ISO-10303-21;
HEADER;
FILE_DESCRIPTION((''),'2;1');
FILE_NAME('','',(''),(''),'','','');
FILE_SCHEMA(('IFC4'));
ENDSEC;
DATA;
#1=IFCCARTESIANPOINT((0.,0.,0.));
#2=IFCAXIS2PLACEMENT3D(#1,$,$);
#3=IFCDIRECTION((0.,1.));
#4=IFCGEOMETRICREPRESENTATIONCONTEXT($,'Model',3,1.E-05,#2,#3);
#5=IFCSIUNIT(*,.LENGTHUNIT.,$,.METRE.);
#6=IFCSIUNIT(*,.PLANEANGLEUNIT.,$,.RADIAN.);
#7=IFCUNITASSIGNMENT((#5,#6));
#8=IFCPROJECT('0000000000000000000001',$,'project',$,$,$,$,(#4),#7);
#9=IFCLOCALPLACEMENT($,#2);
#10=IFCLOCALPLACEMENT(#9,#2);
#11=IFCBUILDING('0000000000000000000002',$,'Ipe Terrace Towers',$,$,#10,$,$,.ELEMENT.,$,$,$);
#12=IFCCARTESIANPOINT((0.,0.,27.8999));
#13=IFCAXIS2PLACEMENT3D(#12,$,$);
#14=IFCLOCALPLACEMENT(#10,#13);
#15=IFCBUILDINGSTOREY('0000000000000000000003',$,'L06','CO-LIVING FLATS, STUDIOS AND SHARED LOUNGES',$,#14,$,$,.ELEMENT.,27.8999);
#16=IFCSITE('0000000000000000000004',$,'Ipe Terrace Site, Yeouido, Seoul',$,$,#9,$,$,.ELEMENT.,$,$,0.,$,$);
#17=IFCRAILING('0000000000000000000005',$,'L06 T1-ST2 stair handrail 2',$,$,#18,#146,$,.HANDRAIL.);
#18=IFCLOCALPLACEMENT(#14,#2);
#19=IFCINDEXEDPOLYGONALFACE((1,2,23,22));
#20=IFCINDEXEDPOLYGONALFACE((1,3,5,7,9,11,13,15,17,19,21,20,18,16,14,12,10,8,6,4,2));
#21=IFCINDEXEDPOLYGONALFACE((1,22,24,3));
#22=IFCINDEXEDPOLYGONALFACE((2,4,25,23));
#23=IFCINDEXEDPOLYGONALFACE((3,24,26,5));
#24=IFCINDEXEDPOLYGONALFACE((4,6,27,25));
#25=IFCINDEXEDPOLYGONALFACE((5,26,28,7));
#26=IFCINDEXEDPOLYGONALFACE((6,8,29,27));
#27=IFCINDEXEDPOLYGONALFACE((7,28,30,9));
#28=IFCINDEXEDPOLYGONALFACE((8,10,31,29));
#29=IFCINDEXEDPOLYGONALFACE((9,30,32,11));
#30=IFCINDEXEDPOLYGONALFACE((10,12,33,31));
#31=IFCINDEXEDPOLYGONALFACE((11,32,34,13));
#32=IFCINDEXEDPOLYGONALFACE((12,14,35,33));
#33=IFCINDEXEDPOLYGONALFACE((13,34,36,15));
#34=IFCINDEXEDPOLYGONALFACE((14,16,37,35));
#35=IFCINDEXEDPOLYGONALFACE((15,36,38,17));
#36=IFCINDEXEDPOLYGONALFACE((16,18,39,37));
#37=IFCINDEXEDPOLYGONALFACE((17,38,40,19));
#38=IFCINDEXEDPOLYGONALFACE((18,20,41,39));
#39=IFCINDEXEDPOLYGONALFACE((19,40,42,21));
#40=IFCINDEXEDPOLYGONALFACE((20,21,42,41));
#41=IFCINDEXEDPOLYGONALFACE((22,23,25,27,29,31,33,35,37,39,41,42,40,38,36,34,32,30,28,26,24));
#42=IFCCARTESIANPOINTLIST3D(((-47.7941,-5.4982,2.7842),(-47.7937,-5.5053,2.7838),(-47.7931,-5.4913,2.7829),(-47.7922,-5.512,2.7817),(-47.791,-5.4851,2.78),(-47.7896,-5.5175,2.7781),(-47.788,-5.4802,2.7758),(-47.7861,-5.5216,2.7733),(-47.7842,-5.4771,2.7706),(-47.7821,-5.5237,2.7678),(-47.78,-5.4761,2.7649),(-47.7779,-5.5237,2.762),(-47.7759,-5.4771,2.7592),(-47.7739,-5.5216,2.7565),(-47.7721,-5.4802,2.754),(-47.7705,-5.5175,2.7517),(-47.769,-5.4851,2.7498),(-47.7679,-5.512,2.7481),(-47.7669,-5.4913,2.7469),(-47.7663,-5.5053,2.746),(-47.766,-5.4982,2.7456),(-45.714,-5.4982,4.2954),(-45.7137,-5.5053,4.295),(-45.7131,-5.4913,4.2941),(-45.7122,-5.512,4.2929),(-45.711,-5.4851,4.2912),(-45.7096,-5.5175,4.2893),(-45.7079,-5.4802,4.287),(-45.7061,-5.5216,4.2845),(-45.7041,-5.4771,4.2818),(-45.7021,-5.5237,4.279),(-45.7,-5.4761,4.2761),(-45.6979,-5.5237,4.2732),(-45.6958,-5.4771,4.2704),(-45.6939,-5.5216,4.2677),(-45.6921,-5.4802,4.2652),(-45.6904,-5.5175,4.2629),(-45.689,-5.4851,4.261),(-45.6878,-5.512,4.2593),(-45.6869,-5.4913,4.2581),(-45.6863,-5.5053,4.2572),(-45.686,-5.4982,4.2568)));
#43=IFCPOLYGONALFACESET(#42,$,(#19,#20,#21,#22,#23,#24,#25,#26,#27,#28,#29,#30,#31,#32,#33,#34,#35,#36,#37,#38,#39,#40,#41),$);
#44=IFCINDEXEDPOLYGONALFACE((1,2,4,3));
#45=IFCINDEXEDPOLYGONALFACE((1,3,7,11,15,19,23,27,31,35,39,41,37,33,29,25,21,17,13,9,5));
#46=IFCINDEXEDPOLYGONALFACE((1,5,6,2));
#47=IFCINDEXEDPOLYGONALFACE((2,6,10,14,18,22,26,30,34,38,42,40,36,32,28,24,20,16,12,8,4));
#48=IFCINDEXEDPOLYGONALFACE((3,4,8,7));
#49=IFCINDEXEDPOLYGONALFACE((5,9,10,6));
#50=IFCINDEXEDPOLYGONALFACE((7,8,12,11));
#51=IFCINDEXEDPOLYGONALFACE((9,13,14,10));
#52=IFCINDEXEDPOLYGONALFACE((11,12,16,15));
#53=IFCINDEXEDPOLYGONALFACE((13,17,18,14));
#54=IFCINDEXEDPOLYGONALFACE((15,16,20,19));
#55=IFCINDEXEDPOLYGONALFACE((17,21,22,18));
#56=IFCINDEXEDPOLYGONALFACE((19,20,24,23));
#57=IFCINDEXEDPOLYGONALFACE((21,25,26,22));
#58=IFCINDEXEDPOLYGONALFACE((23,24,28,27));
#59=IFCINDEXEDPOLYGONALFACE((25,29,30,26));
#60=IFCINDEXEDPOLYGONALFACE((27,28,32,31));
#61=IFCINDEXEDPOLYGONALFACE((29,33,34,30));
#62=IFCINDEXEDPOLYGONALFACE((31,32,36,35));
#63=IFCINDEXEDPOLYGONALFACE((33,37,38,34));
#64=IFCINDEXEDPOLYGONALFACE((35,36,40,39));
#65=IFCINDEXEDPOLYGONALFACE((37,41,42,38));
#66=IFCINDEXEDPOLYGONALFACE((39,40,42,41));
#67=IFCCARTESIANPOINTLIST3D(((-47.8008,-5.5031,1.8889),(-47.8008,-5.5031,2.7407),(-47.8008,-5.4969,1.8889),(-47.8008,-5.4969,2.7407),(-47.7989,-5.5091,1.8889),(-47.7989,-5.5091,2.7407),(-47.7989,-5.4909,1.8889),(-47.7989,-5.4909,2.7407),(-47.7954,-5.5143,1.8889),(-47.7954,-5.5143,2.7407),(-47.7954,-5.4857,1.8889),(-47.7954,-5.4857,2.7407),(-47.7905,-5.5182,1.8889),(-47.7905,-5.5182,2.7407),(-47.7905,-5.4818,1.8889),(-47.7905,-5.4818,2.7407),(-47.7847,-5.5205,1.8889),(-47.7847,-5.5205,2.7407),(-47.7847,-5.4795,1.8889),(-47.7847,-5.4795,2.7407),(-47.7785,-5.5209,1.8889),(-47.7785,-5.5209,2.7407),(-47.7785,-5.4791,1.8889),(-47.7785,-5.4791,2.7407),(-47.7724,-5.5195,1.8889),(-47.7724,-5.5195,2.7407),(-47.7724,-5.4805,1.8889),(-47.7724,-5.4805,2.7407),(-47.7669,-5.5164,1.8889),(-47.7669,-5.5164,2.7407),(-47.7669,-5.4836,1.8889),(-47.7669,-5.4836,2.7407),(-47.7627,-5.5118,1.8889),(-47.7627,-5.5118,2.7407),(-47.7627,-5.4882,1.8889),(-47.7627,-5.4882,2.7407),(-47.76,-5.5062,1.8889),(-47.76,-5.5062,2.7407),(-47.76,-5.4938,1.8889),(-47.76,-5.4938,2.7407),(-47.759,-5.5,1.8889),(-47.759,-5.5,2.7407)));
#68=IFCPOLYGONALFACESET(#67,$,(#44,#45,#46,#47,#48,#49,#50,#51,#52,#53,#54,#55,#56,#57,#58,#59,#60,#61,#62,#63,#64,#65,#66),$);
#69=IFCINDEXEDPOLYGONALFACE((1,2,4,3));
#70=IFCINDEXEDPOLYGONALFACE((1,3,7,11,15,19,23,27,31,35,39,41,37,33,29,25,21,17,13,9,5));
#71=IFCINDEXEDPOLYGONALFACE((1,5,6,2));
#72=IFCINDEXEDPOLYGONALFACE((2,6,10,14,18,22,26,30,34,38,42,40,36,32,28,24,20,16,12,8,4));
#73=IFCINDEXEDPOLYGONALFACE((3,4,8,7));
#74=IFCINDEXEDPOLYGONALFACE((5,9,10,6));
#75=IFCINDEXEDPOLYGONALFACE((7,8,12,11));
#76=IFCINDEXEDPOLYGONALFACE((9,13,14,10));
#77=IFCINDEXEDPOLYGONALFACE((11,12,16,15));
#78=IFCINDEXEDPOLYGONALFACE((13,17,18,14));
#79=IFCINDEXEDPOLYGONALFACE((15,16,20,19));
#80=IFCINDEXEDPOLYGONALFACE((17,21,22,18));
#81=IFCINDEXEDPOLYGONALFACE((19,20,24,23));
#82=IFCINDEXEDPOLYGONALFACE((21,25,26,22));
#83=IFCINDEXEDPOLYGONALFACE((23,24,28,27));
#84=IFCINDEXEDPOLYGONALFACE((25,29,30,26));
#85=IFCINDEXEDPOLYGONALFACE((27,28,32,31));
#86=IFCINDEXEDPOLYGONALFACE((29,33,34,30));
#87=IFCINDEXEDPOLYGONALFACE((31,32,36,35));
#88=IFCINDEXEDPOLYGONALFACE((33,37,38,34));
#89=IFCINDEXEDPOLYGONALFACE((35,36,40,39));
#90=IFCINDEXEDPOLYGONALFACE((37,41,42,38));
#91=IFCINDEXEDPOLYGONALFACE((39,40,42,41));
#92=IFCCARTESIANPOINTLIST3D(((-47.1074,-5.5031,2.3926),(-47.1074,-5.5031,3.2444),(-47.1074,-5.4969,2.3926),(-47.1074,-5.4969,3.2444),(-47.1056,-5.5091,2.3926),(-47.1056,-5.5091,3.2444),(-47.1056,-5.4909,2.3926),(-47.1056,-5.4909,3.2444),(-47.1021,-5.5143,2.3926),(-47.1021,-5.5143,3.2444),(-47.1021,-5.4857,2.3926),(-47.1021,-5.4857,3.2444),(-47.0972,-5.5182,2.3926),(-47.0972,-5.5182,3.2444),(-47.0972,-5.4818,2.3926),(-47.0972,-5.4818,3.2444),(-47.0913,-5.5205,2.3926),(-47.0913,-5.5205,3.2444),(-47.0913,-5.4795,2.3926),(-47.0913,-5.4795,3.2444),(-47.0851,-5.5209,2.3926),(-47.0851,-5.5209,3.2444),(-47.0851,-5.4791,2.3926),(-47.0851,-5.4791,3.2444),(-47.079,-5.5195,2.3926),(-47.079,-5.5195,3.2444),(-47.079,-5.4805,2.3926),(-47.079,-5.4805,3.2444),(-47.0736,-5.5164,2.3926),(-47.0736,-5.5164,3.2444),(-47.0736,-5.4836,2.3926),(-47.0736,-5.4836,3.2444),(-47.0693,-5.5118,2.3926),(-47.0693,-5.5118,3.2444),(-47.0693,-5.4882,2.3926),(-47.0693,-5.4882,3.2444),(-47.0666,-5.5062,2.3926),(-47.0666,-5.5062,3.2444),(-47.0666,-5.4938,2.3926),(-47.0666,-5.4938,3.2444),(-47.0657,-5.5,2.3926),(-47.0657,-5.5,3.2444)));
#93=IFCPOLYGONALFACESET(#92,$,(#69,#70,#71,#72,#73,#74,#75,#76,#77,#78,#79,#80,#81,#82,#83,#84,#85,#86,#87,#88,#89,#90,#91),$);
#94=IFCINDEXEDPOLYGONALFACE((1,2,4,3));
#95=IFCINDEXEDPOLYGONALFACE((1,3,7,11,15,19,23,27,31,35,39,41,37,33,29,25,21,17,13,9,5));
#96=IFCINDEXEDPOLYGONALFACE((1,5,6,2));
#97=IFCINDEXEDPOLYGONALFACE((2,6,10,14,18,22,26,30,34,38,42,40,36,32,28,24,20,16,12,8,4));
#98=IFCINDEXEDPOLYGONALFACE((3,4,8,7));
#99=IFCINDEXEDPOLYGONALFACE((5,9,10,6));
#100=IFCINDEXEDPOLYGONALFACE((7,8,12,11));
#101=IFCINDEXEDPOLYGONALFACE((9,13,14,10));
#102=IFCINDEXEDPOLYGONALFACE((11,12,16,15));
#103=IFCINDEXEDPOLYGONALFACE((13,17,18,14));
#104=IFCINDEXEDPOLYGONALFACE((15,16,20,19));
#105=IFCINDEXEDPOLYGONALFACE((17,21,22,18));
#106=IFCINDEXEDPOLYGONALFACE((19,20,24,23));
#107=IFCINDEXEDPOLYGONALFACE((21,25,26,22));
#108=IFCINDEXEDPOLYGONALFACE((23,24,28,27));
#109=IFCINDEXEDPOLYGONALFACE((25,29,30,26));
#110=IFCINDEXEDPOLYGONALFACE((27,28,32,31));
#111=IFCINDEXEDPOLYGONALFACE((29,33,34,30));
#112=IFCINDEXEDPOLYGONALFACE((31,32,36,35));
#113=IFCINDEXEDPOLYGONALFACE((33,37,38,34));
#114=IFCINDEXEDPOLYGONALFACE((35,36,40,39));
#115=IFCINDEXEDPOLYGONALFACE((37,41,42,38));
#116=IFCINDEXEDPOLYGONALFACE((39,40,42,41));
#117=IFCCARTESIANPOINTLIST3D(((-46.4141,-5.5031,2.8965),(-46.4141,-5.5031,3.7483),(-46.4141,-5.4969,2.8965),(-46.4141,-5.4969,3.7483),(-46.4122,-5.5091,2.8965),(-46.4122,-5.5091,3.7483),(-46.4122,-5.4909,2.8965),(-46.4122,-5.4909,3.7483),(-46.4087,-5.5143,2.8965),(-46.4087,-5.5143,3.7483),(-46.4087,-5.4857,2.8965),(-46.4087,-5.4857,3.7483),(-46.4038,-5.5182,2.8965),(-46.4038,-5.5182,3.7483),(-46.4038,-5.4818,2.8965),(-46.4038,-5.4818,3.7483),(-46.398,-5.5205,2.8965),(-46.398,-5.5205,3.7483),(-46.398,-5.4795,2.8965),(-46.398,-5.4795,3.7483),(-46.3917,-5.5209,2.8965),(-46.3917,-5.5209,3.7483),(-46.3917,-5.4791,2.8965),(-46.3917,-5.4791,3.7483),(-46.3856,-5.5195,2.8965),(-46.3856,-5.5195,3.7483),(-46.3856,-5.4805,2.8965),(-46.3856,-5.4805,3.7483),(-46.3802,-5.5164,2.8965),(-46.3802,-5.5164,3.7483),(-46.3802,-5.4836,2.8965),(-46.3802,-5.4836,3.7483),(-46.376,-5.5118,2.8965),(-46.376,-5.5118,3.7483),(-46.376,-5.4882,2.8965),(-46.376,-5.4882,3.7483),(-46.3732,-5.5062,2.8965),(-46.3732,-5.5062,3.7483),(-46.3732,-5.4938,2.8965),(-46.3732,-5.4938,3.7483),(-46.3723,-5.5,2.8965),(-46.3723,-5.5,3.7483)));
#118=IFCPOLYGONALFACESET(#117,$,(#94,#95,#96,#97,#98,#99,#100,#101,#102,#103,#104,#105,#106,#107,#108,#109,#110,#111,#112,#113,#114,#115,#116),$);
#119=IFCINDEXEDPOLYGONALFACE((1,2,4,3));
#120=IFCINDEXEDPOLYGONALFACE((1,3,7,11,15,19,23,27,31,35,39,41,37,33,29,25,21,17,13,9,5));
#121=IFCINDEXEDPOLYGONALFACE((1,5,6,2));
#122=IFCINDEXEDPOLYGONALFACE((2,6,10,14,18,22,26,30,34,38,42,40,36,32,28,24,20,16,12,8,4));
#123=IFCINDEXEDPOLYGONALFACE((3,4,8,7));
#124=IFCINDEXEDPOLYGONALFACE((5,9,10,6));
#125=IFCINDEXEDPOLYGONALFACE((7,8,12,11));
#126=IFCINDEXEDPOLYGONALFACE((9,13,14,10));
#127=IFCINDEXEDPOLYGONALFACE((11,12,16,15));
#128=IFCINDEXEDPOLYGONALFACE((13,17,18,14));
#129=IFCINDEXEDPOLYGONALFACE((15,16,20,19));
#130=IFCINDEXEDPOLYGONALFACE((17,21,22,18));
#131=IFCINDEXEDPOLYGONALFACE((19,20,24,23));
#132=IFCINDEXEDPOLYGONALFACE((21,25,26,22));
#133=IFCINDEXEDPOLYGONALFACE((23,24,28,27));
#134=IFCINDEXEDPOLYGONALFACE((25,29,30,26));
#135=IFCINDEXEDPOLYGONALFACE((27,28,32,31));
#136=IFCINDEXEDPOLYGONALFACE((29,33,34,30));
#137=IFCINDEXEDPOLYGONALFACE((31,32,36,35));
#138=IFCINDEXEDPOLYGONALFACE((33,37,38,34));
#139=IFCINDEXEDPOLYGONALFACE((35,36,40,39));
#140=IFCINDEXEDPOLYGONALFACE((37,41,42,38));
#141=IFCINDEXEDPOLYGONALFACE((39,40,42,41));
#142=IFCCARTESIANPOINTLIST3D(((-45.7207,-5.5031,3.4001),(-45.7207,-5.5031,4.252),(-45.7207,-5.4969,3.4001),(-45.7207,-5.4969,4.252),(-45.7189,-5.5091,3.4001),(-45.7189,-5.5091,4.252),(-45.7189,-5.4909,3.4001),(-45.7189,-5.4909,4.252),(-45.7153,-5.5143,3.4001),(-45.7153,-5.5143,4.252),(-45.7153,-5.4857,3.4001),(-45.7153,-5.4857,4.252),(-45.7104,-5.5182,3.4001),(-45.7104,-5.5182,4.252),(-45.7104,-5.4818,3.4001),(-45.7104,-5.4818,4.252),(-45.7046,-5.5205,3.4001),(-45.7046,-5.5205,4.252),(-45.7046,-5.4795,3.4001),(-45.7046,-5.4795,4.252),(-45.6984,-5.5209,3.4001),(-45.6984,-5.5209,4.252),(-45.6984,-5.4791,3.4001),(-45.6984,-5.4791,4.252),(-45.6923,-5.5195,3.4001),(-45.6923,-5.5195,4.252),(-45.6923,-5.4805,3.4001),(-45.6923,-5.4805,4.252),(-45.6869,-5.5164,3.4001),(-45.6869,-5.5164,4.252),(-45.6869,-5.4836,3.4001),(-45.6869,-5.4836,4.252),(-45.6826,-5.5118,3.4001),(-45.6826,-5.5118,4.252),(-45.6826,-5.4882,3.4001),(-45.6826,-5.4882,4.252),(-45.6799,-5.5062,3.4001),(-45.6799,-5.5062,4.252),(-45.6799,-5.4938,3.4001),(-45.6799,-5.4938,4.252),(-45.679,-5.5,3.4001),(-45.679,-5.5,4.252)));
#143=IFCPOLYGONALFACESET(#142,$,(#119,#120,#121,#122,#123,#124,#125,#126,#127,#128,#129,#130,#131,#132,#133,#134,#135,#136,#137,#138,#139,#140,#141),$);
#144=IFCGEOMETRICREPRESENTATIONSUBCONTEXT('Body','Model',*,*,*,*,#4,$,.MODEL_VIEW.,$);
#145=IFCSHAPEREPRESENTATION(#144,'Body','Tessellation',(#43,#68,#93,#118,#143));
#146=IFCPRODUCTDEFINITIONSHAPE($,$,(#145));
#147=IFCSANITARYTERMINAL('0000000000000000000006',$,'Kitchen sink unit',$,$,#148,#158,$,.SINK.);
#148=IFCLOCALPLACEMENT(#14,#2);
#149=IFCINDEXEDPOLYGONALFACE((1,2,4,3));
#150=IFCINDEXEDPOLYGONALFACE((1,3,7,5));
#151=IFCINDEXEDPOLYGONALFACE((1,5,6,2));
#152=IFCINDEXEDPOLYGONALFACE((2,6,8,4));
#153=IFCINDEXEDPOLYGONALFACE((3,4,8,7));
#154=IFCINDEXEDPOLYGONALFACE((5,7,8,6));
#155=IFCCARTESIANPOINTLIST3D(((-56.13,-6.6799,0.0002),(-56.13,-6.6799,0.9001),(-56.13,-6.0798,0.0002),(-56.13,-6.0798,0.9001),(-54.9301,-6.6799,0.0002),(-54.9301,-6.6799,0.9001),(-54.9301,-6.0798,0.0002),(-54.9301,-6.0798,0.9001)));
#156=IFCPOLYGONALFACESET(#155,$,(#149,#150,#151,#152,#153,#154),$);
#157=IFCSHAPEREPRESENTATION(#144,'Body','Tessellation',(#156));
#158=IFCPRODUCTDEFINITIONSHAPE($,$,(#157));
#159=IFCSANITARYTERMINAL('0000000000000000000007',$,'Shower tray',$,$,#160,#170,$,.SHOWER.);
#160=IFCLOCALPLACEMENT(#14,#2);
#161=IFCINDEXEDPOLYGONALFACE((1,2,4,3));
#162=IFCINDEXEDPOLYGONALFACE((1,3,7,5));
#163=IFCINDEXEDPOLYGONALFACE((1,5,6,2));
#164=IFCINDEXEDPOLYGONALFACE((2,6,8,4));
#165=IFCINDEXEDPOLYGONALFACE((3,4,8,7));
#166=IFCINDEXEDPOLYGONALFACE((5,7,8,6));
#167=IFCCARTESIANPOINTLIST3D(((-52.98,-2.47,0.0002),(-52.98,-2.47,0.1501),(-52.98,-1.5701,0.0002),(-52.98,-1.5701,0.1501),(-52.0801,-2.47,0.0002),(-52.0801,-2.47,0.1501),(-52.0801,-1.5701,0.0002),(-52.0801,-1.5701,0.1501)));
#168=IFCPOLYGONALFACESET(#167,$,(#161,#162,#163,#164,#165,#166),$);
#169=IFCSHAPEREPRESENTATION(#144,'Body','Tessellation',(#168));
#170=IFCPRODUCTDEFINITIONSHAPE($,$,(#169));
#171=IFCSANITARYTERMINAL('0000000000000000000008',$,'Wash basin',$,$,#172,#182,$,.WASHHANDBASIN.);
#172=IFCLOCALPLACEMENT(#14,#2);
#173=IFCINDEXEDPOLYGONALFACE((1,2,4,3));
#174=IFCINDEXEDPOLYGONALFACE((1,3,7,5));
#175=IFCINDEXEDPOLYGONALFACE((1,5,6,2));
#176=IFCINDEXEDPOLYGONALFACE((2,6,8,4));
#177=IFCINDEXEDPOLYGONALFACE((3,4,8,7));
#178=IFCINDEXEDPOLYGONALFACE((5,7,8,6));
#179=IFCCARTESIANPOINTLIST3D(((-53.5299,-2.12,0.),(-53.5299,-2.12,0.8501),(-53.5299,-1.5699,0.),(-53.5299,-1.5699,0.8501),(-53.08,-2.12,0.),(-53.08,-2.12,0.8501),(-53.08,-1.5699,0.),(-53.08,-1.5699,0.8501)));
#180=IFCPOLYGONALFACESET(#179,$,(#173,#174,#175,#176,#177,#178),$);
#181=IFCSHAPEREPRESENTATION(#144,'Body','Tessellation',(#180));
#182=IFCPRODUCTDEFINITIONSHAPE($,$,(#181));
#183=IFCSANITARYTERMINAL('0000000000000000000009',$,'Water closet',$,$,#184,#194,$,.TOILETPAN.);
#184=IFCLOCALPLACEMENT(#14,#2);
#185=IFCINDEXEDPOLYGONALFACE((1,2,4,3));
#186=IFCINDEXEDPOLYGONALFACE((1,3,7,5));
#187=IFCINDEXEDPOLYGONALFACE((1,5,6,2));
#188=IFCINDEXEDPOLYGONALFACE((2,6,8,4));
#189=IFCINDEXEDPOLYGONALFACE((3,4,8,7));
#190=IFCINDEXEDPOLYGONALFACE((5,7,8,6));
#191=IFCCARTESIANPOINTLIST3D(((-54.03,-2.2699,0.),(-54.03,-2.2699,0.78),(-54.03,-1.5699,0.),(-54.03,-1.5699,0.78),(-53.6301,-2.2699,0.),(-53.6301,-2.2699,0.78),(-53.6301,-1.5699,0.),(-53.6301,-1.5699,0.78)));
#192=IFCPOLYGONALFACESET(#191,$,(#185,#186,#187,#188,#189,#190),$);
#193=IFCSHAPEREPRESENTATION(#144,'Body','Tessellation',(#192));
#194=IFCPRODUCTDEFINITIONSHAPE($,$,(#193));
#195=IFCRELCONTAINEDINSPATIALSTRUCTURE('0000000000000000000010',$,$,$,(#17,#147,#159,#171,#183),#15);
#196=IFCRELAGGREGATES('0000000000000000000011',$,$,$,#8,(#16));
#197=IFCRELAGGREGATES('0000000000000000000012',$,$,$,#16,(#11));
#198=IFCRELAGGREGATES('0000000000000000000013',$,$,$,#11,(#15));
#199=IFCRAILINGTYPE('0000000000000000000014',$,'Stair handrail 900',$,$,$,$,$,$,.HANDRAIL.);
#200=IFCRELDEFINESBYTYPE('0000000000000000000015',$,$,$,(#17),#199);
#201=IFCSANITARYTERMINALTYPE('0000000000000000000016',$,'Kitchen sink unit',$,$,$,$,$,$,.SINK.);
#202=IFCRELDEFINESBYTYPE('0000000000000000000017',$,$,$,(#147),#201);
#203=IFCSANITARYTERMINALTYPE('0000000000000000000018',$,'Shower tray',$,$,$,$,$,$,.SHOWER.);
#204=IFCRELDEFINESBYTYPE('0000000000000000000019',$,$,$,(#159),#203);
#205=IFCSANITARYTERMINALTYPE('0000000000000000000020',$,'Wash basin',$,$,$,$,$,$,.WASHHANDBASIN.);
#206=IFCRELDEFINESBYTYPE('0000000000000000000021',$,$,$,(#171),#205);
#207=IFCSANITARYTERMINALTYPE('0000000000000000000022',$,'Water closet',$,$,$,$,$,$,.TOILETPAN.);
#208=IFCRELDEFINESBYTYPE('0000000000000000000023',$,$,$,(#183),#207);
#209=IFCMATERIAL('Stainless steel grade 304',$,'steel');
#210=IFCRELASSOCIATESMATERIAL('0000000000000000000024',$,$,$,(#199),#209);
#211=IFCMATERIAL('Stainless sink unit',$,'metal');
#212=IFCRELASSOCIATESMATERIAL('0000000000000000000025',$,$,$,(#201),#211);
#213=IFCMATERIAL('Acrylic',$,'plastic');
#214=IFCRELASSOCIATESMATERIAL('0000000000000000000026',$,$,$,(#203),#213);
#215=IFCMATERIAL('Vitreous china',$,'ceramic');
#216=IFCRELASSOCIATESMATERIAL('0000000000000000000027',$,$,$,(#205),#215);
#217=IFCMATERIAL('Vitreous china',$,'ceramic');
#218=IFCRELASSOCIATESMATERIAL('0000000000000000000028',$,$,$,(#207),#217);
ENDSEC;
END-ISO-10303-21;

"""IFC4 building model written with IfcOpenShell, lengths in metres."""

from ifc_helpers import new_model, si_unit, direction, frame, origin, origin_2d, place, context, subcontext, project, spatial, rectangle, circle, extrude, material, type_object, element, save


model = new_model("IFC4")

# Units and contexts
model_context = context("Model", 3, precision=1e-05, world=origin(), true_north=direction((0.0, 1.0)))
body_context = subcontext(model_context, "Body", "Model", "MODEL_VIEW")
ifc_project = project(units=[si_unit("LENGTHUNIT", "METRE"), si_unit("PLANEANGLEUNIT", "RADIAN")], contexts=[model_context])

# Site, building, storey
site_placement = place(None, origin())
site = spatial("IfcSite", under=ifc_project, at=site_placement, Name="Ipe Terrace Site, Yeouido, Seoul", CompositionType="ELEMENT", RefElevation=0.0)
building_placement = place(site_placement, origin())
building = spatial("IfcBuilding", under=site, at=building_placement, Name="Ipe Terrace Towers", CompositionType="ELEMENT")
storey_placement = place(building_placement, frame((0.0, 0.0, 27.8999)))
storey = spatial("IfcBuildingStorey", under=building, at=storey_placement, Name="L06", Description="CO-LIVING FLATS, STUDIOS AND SHARED LOUNGES", CompositionType="ELEMENT", Elevation=27.8999)

# Railing
ifc_material_1 = material(Name="Stainless steel grade 304", Category="steel")
railing_type_1 = type_object("IfcRailingType", Name="Stair handrail 900", PredefinedType="HANDRAIL", material=ifc_material_1)
railing_1_placement = place(storey_placement, frame((-47.78, -5.5, 1.8889)))
element("IfcRailing", 1, at=railing_1_placement, inside=storey, type_object=railing_type_1, Name="L06 T1-ST2 stair handrail 2", PredefinedType="HANDRAIL", context=body_context, shape_type="SweptSolid", body=[
    extrude(circle(Radius=0.0239, at=origin_2d()), frame((0.0, 0.0, 0.876), z_axis=(0.809023, 0.0, 0.587776), x_axis=(0.0, 1.0, 0.0)), (0.0, 0.0, 1.0), 2.571),
    extrude(circle(Radius=0.021, at=origin_2d()), origin(), (0.0, 0.0, 1.0), 0.8518),
    extrude(circle(Radius=0.021, at=origin_2d()), frame((0.6934, 0.0, 0.5037)), (0.0, 0.0, 1.0), 0.8518),
    extrude(circle(Radius=0.021, at=origin_2d()), frame((1.3867, 0.0, 1.0076)), (0.0, 0.0, 1.0), 0.8518),
    extrude(circle(Radius=0.021, at=origin_2d()), frame((2.0801, 0.0, 1.5112)), (0.0, 0.0, 1.0), 0.8518),
])

# Sanitary terminals
ifc_material_2 = material(Name="Stainless sink unit", Category="metal")
sanitary_terminal_type_1 = type_object("IfcSanitaryTerminalType", Name="Kitchen sink unit", PredefinedType="SINK", material=ifc_material_2)
sanitary_terminal_1_placement = place(storey_placement, frame((-55.53, -6.3799, 0.0002), z_axis=(0.0, 0.0, 1.0), x_axis=(-1.0, 0.0, 0.0)))
element("IfcSanitaryTerminal", 2, at=sanitary_terminal_1_placement, inside=storey, type_object=sanitary_terminal_type_1, Name="Kitchen sink unit", PredefinedType="SINK", context=body_context, shape_type="SweptSolid", body=[
    extrude(rectangle(XDim=1.2, YDim=0.6001, at=origin_2d()), origin(), (0.0, 0.0, 1.0), 0.8999),
])
ifc_material_3 = material(Name="Acrylic", Category="plastic")
sanitary_terminal_type_2 = type_object("IfcSanitaryTerminalType", Name="Shower tray", PredefinedType="SHOWER", material=ifc_material_3)
sanitary_terminal_2_placement = place(storey_placement, frame((-52.53, -2.02, 0.0002), z_axis=(0.0, 0.0, 1.0), x_axis=(0.0, -1.0, 0.0)))
element("IfcSanitaryTerminal", 3, at=sanitary_terminal_2_placement, inside=storey, type_object=sanitary_terminal_type_2, Name="Shower tray", PredefinedType="SHOWER", context=body_context, shape_type="SweptSolid", body=[
    extrude(rectangle(XDim=0.8999, YDim=0.8999, at=origin_2d()), origin(), (0.0, 0.0, 1.0), 0.1499),
])
ifc_material_4 = material(Name="Vitreous china", Category="ceramic")
sanitary_terminal_type_3 = type_object("IfcSanitaryTerminalType", Name="Wash basin", PredefinedType="WASHHANDBASIN", material=ifc_material_4)
sanitary_terminal_3_placement = place(storey_placement, frame((-53.3049, -1.845, 0.0), z_axis=(0.0, 0.0, 1.0), x_axis=(0.0, -1.0, 0.0)))
element("IfcSanitaryTerminal", 4, at=sanitary_terminal_3_placement, inside=storey, type_object=sanitary_terminal_type_3, Name="Wash basin", PredefinedType="WASHHANDBASIN", context=body_context, shape_type="SweptSolid", body=[
    extrude(rectangle(XDim=0.55, YDim=0.45, at=origin_2d()), origin(), (0.0, 0.0, 1.0), 0.8501),
])
ifc_material_5 = material(Name="Vitreous china", Category="ceramic")
sanitary_terminal_type_4 = type_object("IfcSanitaryTerminalType", Name="Water closet", PredefinedType="TOILETPAN", material=ifc_material_5)
sanitary_terminal_4_placement = place(storey_placement, frame((-53.8301, -1.9199, 0.0), z_axis=(0.0, 0.0, 1.0), x_axis=(0.0, -1.0, 0.0)))
element("IfcSanitaryTerminal", 5, at=sanitary_terminal_4_placement, inside=storey, type_object=sanitary_terminal_type_4, Name="Water closet", PredefinedType="TOILETPAN", context=body_context, shape_type="SweptSolid", body=[
    extrude(rectangle(XDim=0.7, YDim=0.3999, at=origin_2d()), origin(), (0.0, 0.0, 1.0), 0.78),
])

save(model, "model.ifc")
